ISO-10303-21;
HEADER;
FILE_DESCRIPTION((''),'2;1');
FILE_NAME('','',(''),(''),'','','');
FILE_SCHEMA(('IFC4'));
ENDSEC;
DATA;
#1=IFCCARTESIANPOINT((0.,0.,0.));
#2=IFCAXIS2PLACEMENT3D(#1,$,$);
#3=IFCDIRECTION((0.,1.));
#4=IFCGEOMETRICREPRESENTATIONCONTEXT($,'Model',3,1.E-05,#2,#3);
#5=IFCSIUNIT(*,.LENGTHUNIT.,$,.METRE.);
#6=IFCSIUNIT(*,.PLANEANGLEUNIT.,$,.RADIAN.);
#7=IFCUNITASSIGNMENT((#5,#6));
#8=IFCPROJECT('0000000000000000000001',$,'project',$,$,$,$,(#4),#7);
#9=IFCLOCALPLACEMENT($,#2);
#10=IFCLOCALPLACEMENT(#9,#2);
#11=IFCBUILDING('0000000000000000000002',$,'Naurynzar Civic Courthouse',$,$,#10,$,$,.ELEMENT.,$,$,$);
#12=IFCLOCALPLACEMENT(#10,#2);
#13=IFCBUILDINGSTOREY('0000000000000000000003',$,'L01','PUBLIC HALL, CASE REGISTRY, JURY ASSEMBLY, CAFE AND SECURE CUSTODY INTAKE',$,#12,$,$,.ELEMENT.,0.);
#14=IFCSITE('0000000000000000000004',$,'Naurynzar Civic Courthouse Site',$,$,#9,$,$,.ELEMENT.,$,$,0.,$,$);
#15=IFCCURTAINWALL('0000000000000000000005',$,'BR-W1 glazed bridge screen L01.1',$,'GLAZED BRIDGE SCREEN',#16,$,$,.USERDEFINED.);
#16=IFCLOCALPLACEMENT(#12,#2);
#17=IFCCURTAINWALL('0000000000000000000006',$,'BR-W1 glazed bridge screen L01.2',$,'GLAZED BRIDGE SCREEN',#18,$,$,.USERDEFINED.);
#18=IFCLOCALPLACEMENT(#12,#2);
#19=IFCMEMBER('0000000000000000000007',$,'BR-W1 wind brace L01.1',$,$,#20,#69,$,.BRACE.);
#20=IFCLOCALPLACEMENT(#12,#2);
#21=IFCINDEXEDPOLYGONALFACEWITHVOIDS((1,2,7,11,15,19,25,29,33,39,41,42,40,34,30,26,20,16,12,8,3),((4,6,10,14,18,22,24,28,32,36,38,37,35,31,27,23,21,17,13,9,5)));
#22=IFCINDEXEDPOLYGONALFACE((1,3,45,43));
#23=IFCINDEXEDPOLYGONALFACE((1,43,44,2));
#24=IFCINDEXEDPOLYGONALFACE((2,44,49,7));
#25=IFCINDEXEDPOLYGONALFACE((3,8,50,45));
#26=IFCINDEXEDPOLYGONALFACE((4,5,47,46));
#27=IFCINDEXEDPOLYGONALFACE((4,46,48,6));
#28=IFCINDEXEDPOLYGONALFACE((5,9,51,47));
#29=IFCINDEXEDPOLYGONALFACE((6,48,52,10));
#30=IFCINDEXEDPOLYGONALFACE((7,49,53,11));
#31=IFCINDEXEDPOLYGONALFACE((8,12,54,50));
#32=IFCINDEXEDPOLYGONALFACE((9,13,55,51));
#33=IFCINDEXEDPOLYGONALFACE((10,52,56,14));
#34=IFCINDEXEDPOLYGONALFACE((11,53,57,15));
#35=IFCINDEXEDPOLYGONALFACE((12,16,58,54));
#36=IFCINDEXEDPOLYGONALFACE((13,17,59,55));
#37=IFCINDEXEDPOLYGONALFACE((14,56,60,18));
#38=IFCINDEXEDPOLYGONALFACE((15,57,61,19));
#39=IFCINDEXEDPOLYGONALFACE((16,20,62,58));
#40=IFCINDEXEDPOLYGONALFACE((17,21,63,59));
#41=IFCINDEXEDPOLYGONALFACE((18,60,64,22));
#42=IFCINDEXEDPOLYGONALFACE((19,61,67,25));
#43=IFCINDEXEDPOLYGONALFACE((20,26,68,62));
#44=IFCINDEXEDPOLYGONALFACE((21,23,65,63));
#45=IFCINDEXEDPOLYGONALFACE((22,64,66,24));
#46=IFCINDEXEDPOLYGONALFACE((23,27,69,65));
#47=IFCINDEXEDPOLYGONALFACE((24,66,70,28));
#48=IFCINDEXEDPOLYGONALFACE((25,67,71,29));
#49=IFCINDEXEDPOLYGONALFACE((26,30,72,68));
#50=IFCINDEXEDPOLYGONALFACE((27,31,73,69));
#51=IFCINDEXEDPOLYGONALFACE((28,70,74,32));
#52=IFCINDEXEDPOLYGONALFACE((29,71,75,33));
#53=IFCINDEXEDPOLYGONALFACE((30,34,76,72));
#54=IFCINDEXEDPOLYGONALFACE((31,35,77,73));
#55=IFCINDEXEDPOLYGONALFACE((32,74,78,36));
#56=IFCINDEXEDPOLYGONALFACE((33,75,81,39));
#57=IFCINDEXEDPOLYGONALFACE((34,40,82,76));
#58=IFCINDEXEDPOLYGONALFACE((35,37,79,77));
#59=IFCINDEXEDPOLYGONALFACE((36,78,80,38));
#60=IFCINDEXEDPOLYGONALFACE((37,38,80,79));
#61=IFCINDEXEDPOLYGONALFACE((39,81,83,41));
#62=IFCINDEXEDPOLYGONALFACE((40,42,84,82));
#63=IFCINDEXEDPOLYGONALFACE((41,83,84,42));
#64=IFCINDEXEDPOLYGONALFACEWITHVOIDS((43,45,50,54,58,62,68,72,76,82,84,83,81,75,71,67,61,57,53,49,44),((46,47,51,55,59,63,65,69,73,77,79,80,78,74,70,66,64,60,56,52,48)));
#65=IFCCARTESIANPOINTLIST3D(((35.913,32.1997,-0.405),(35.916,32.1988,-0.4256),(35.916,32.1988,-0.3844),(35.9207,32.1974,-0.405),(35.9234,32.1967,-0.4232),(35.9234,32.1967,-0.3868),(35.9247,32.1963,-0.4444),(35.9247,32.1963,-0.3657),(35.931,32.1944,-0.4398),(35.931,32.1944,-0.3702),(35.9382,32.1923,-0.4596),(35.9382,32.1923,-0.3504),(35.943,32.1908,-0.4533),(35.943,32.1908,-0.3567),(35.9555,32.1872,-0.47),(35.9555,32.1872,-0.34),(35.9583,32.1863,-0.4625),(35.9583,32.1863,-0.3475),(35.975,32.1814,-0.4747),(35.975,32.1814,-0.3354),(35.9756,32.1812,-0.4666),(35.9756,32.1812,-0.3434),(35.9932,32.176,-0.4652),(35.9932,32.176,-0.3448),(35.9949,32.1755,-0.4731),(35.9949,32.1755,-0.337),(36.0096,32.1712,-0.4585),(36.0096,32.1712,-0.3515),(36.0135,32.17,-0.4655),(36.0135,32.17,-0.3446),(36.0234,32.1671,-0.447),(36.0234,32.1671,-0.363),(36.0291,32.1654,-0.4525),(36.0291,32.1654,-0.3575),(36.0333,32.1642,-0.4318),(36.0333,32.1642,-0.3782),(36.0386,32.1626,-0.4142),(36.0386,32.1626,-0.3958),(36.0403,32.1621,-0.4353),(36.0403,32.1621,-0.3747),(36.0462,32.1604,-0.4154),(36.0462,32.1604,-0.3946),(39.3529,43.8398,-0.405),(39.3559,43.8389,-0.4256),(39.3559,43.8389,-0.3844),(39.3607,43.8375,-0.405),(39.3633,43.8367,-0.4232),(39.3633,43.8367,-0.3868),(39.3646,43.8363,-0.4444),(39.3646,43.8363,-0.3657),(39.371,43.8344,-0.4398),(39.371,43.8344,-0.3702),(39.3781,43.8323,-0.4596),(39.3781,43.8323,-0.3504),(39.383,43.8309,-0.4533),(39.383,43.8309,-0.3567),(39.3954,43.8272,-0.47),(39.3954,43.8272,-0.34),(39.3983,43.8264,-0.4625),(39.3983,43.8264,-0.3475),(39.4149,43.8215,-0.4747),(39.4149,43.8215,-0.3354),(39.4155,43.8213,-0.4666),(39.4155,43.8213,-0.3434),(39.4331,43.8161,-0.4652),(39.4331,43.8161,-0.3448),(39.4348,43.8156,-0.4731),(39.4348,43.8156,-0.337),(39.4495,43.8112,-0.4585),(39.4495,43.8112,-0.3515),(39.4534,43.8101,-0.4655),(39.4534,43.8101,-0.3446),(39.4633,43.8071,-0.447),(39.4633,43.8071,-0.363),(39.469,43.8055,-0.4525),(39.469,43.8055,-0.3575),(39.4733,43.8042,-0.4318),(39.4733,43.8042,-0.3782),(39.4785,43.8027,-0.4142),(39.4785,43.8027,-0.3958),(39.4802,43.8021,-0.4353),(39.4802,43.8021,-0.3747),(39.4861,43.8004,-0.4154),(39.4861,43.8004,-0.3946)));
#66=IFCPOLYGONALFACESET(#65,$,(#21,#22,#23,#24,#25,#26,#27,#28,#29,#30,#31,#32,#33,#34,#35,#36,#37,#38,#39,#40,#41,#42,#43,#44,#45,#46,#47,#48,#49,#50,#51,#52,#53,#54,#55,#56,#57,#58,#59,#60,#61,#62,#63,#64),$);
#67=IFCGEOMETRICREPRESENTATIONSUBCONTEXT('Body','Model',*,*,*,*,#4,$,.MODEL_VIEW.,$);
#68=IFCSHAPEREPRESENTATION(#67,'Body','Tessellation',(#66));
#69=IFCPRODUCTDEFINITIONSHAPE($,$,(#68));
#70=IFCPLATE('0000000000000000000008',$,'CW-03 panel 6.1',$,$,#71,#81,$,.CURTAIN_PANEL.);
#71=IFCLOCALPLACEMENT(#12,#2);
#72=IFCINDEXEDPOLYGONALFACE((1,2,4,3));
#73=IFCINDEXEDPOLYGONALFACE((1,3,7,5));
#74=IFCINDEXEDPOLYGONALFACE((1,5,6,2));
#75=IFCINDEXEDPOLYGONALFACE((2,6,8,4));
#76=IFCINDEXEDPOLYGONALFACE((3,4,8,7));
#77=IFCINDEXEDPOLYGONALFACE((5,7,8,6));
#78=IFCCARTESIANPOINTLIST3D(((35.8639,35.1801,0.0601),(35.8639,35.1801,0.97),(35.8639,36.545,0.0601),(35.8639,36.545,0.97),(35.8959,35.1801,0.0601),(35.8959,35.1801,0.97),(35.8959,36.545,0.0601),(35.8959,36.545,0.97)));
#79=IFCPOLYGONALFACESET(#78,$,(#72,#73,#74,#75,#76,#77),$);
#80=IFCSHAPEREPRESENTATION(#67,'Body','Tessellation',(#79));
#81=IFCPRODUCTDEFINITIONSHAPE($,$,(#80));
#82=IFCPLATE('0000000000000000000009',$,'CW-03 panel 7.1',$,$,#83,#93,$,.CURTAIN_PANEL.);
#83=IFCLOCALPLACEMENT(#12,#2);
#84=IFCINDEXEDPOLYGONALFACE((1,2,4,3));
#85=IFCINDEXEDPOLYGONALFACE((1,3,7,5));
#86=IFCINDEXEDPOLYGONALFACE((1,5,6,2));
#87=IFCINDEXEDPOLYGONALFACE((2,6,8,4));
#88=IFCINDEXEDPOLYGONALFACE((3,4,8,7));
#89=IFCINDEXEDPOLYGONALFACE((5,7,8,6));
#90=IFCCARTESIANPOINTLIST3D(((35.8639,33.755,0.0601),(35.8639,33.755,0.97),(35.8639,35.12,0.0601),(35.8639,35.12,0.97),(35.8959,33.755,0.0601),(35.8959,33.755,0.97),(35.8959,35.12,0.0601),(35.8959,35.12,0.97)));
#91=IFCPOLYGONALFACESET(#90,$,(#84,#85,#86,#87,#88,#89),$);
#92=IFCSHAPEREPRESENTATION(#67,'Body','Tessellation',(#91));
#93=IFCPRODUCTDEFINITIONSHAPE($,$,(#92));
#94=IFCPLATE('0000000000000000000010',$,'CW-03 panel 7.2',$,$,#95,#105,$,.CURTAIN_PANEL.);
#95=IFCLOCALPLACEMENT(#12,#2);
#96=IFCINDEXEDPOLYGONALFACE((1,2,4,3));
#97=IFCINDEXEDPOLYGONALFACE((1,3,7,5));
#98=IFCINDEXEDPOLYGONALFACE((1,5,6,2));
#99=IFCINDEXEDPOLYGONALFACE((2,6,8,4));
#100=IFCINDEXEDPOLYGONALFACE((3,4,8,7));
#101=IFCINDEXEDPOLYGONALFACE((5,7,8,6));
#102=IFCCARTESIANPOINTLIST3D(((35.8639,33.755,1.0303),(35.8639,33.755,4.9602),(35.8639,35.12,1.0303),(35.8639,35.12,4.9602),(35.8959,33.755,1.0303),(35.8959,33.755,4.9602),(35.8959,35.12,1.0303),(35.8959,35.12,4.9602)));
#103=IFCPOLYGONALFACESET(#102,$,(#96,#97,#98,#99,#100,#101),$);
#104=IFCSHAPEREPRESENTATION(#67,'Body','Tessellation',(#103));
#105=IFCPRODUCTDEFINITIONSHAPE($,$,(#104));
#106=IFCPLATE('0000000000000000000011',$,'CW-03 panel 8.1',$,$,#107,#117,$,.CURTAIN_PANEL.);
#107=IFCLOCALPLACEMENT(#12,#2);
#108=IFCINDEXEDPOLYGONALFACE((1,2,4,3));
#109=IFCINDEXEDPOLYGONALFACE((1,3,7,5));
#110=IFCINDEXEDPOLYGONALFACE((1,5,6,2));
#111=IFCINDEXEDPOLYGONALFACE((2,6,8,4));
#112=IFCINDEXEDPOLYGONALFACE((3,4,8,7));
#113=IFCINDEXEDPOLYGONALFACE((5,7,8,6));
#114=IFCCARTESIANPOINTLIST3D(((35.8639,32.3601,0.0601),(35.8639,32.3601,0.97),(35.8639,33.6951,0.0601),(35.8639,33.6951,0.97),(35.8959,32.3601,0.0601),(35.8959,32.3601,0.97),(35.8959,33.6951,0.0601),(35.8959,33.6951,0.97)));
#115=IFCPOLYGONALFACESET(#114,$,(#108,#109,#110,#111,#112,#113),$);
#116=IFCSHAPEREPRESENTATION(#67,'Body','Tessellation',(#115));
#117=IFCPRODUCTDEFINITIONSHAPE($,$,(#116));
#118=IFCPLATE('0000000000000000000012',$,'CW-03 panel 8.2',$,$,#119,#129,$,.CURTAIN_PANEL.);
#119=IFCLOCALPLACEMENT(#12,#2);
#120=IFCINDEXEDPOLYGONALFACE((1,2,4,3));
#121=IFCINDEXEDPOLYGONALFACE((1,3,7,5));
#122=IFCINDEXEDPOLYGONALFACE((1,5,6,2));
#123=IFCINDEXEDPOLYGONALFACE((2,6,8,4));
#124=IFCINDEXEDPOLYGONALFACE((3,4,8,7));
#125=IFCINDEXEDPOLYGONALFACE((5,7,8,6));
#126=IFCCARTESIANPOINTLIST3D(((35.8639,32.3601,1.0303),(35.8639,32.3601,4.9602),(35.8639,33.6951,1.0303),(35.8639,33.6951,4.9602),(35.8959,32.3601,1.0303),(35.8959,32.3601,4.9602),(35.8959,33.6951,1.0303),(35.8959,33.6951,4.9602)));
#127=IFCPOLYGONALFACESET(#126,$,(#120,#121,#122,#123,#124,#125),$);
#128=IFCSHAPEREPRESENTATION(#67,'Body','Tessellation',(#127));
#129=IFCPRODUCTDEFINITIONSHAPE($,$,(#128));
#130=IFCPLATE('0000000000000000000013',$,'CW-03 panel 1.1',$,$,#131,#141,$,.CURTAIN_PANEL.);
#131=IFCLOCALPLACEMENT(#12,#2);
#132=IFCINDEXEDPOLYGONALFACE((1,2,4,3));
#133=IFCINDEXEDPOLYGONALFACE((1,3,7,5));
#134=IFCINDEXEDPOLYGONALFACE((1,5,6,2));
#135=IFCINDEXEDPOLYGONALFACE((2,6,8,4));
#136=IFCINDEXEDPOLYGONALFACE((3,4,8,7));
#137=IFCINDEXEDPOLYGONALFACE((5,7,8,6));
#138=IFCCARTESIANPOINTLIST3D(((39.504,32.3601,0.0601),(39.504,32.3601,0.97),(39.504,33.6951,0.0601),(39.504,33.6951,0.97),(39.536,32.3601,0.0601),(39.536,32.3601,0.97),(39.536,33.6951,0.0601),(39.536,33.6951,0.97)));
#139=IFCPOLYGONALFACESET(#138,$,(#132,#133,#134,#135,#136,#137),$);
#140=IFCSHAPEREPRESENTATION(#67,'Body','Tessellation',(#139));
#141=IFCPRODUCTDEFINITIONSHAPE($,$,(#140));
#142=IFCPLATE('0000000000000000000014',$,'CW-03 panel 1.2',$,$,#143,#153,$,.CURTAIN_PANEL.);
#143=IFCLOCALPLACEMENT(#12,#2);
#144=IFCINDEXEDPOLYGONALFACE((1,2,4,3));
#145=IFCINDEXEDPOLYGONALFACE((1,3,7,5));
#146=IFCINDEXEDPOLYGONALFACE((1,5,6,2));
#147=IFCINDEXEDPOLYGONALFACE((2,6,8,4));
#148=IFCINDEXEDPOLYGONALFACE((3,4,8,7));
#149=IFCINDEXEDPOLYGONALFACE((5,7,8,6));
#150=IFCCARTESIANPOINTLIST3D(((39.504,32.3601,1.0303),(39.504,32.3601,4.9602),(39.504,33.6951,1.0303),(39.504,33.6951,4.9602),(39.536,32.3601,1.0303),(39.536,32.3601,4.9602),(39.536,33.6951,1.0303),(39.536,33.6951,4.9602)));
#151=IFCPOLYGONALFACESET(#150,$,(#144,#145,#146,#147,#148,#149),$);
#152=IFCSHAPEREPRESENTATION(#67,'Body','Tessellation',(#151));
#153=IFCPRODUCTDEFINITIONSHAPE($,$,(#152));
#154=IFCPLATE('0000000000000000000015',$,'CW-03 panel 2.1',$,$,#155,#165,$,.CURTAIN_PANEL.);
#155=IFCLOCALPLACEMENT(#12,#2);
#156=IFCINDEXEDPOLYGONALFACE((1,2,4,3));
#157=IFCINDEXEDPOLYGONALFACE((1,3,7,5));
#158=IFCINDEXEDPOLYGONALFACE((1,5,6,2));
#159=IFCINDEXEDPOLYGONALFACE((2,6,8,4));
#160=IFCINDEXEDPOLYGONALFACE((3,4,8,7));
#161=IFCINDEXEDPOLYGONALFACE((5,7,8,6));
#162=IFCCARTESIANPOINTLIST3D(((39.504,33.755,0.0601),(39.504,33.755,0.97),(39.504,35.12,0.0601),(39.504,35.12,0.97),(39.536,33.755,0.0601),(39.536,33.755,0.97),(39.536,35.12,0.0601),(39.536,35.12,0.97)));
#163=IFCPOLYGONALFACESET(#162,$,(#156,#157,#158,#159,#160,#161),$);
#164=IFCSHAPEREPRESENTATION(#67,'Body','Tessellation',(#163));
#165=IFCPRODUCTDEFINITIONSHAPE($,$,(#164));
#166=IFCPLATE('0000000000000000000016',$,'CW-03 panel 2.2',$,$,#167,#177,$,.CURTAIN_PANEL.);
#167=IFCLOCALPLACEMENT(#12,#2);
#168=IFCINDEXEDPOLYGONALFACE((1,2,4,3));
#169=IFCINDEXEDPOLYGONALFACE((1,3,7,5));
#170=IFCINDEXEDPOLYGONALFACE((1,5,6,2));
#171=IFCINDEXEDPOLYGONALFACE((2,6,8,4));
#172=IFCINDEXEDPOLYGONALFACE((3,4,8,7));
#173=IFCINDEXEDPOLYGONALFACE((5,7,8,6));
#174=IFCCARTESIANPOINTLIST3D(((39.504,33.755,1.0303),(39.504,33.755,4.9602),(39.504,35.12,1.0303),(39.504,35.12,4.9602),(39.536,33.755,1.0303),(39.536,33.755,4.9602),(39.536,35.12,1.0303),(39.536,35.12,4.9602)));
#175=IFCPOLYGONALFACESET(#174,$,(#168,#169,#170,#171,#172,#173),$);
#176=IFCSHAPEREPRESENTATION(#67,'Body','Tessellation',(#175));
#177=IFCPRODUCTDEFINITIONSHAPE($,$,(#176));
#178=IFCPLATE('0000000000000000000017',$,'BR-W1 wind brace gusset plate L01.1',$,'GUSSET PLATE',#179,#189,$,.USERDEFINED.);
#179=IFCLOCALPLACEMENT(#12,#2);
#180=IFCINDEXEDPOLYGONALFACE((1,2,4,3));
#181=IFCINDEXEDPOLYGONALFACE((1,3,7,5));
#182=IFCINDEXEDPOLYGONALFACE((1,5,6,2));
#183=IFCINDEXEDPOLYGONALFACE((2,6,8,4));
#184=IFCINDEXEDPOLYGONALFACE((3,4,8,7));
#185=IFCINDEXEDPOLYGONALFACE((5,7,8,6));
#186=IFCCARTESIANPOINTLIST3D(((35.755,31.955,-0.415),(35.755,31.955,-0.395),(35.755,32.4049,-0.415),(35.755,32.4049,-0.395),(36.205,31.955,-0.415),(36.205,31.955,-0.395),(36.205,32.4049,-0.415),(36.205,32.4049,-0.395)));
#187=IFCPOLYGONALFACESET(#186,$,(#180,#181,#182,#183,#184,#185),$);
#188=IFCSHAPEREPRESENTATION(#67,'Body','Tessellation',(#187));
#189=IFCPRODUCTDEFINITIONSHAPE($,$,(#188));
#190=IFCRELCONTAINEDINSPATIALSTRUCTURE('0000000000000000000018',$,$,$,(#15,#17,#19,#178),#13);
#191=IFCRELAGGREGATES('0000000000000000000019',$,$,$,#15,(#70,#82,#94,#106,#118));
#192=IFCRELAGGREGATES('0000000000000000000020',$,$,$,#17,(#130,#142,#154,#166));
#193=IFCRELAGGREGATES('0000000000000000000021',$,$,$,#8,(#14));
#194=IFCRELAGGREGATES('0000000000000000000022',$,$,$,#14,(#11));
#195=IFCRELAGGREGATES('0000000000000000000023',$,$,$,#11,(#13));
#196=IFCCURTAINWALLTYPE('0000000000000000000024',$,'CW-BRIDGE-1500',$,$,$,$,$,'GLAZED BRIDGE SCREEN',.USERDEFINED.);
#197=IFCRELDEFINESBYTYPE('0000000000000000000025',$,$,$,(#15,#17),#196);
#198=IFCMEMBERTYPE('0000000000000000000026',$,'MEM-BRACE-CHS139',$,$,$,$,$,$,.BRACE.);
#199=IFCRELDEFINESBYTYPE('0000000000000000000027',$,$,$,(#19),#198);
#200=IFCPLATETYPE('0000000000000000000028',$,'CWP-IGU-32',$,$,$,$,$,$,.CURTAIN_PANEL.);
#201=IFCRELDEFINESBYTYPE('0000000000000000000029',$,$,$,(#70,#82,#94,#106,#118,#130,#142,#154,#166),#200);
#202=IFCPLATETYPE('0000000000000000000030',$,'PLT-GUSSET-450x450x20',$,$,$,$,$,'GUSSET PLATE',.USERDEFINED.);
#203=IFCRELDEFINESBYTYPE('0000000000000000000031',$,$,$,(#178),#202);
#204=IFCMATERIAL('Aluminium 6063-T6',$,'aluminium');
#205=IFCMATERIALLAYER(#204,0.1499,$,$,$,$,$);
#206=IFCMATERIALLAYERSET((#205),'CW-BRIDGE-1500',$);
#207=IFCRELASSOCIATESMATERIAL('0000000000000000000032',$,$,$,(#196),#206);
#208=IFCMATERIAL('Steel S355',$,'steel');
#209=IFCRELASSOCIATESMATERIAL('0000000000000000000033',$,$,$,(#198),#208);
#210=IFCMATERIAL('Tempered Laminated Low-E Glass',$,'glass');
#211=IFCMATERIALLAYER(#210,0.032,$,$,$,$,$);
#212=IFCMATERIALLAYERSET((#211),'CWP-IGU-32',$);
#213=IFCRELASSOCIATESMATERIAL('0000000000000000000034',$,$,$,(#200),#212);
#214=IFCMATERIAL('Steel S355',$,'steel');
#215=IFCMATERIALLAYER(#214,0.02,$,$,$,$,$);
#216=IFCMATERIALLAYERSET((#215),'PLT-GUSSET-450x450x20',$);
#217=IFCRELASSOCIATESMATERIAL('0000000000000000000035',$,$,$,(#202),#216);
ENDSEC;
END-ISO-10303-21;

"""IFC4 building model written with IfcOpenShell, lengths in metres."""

from ifc_helpers import new_model, si_unit, direction, frame, origin, origin_2d, place, context, subcontext, project, spatial, rectangle, hollow_circle, extrude, material, layer, layer_set, material_profile, profile_set, type_object, element, aggregate, save


model = new_model("IFC4")

# Units and contexts
model_context = context("Model", 3, precision=1e-05, world=origin(), true_north=direction((0.0, 1.0)))
body_context = subcontext(model_context, "Body", "Model", "MODEL_VIEW")
ifc_project = project(units=[si_unit("LENGTHUNIT", "METRE"), si_unit("PLANEANGLEUNIT", "RADIAN")], contexts=[model_context])

# Site, building, storey
site_placement = place(None, origin())
site = spatial("IfcSite", under=ifc_project, at=site_placement, Name="Naurynzar Civic Courthouse Site", CompositionType="ELEMENT", RefElevation=0.0)
building_placement = place(site_placement, origin())
building = spatial("IfcBuilding", under=site, at=building_placement, Name="Naurynzar Civic Courthouse", CompositionType="ELEMENT")
storey_placement = place(building_placement, origin())
storey = spatial("IfcBuildingStorey", under=building, at=storey_placement, Name="L01", Description="PUBLIC HALL, CASE REGISTRY, JURY ASSEMBLY, CAFE AND SECURE CUSTODY INTAKE", CompositionType="ELEMENT", Elevation=0.0)

# Curtain walls
ifc_material_1 = material(Name="Aluminium 6063-T6", Category="aluminium")
ifc_layer_1 = layer(ifc_material_1, 0.1499)
ifc_layer_set_1 = layer_set([ifc_layer_1], Name="CW-BRIDGE-1500")
curtain_wall_type = type_object("IfcCurtainWallType", Name="CW-BRIDGE-1500", ElementType="GLAZED BRIDGE SCREEN", PredefinedType="USERDEFINED", material=ifc_layer_set_1)
curtain_wall_1_placement = place(storey_placement, origin())
curtain_wall_1 = element("IfcCurtainWall", 1, at=curtain_wall_1_placement, inside=storey, type_object=curtain_wall_type, Name="BR-W1 glazed bridge screen L01.1", ObjectType="GLAZED BRIDGE SCREEN", PredefinedType="USERDEFINED")
curtain_wall_2_placement = place(storey_placement, origin())
curtain_wall_2 = element("IfcCurtainWall", 2, at=curtain_wall_2_placement, inside=storey, type_object=curtain_wall_type, Name="BR-W1 glazed bridge screen L01.2", ObjectType="GLAZED BRIDGE SCREEN", PredefinedType="USERDEFINED")

# Member
ifc_material_2 = material(Name="Steel S355", Category="steel")
ifc_material_profile_1 = material_profile(ifc_material_2, hollow_circle(Radius=0.0698, WallThickness=0.0081, at=origin_2d()), Name="CHS 139.7x8")
ifc_profile_set_1 = profile_set([ifc_material_profile_1], Name="Steel S355")
member_type_1 = type_object("IfcMemberType", Name="MEM-BRACE-CHS139", PredefinedType="BRACE", material=ifc_profile_set_1)
member_1_placement = place(storey_placement, frame((35.98, 32.1799, -0.405), z_axis=(0.283408, 0.959, 0.0), x_axis=(-0.959, 0.283408, 0.0)))
element("IfcMember", 3, at=member_1_placement, inside=storey, type_object=member_type_1, Name="BR-W1 wind brace L01.1", PredefinedType="BRACE", context=body_context, shape_type="SweptSolid", body=[
    extrude(hollow_circle(Radius=0.0698, WallThickness=0.0081, at=origin_2d()), origin(), (0.0, 0.0, 1.0), 12.1377),
])

# Plates
ifc_material_3 = material(Name="Tempered Laminated Low-E Glass", Category="glass")
ifc_layer_2 = layer(ifc_material_3, 0.032)
ifc_layer_set_2 = layer_set([ifc_layer_2], Name="CWP-IGU-32")
plate_type_1 = type_object("IfcPlateType", Name="CWP-IGU-32", PredefinedType="CURTAIN_PANEL", material=ifc_layer_set_2)
plate_1_placement = place(storey_placement, frame((35.8799, 35.8625, 0.0601), z_axis=(0.0, 0.0, 1.0), x_axis=(0.0, -1.0, 0.0)))
plate_1 = element("IfcPlate", 4, at=plate_1_placement, type_object=plate_type_1, Name="CW-03 panel 6.1", PredefinedType="CURTAIN_PANEL", context=body_context, shape_type="SweptSolid", body=[
    extrude(rectangle(XDim=1.365, YDim=0.032, at=origin_2d()), origin(), (0.0, 0.0, 1.0), 0.9099),
])
plate_2_placement = place(storey_placement, frame((35.8799, 34.4375, 0.0601), z_axis=(0.0, 0.0, 1.0), x_axis=(0.0, -1.0, 0.0)))
plate_2 = element("IfcPlate", 5, at=plate_2_placement, type_object=plate_type_1, Name="CW-03 panel 7.1", PredefinedType="CURTAIN_PANEL", context=body_context, shape_type="SweptSolid", body=[
    extrude(rectangle(XDim=1.365, YDim=0.032, at=origin_2d()), origin(), (0.0, 0.0, 1.0), 0.9099),
])
plate_3_placement = place(storey_placement, frame((35.8799, 34.4375, 1.0303), z_axis=(0.0, 0.0, 1.0), x_axis=(0.0, -1.0, 0.0)))
plate_3 = element("IfcPlate", 6, at=plate_3_placement, type_object=plate_type_1, Name="CW-03 panel 7.2", PredefinedType="CURTAIN_PANEL", context=body_context, shape_type="SweptSolid", body=[
    extrude(rectangle(XDim=1.365, YDim=0.032, at=origin_2d()), origin(), (0.0, 0.0, 1.0), 3.9299),
])
plate_4_placement = place(storey_placement, frame((35.8799, 33.0276, 0.0601), z_axis=(0.0, 0.0, 1.0), x_axis=(0.0, -1.0, 0.0)))
plate_4 = element("IfcPlate", 7, at=plate_4_placement, type_object=plate_type_1, Name="CW-03 panel 8.1", PredefinedType="CURTAIN_PANEL", context=body_context, shape_type="SweptSolid", body=[
    extrude(rectangle(XDim=1.335, YDim=0.032, at=origin_2d()), origin(), (0.0, 0.0, 1.0), 0.9099),
])
plate_5_placement = place(storey_placement, frame((35.8799, 33.0276, 1.0303), z_axis=(0.0, 0.0, 1.0), x_axis=(0.0, -1.0, 0.0)))
plate_5 = element("IfcPlate", 8, at=plate_5_placement, type_object=plate_type_1, Name="CW-03 panel 8.2", PredefinedType="CURTAIN_PANEL", context=body_context, shape_type="SweptSolid", body=[
    extrude(rectangle(XDim=1.335, YDim=0.032, at=origin_2d()), origin(), (0.0, 0.0, 1.0), 3.9299),
])
aggregate(curtain_wall_1, [plate_1, plate_2, plate_3, plate_4, plate_5])
plate_6_placement = place(storey_placement, frame((39.52, 33.0276, 0.0601), z_axis=(0.0, 0.0, 1.0), x_axis=(0.0, 1.0, 0.0)))
plate_6 = element("IfcPlate", 9, at=plate_6_placement, type_object=plate_type_1, Name="CW-03 panel 1.1", PredefinedType="CURTAIN_PANEL", context=body_context, shape_type="SweptSolid", body=[
    extrude(rectangle(XDim=1.335, YDim=0.032, at=origin_2d()), origin(), (0.0, 0.0, 1.0), 0.9099),
])
plate_7_placement = place(storey_placement, frame((39.52, 33.0276, 1.0303), z_axis=(0.0, 0.0, 1.0), x_axis=(0.0, 1.0, 0.0)))
plate_7 = element("IfcPlate", 10, at=plate_7_placement, type_object=plate_type_1, Name="CW-03 panel 1.2", PredefinedType="CURTAIN_PANEL", context=body_context, shape_type="SweptSolid", body=[
    extrude(rectangle(XDim=1.335, YDim=0.032, at=origin_2d()), origin(), (0.0, 0.0, 1.0), 3.9299),
])
plate_8_placement = place(storey_placement, frame((39.52, 34.4375, 0.0601), z_axis=(0.0, 0.0, 1.0), x_axis=(0.0, 1.0, 0.0)))
plate_8 = element("IfcPlate", 11, at=plate_8_placement, type_object=plate_type_1, Name="CW-03 panel 2.1", PredefinedType="CURTAIN_PANEL", context=body_context, shape_type="SweptSolid", body=[
    extrude(rectangle(XDim=1.365, YDim=0.032, at=origin_2d()), origin(), (0.0, 0.0, 1.0), 0.9099),
])
plate_9_placement = place(storey_placement, frame((39.52, 34.4375, 1.0303), z_axis=(0.0, 0.0, 1.0), x_axis=(0.0, 1.0, 0.0)))
plate_9 = element("IfcPlate", 12, at=plate_9_placement, type_object=plate_type_1, Name="CW-03 panel 2.2", PredefinedType="CURTAIN_PANEL", context=body_context, shape_type="SweptSolid", body=[
    extrude(rectangle(XDim=1.365, YDim=0.032, at=origin_2d()), origin(), (0.0, 0.0, 1.0), 3.9299),
])
aggregate(curtain_wall_2, [plate_6, plate_7, plate_8, plate_9])
ifc_material_4 = material(Name="Steel S355", Category="steel")
ifc_layer_3 = layer(ifc_material_4, 0.02)
ifc_layer_set_3 = layer_set([ifc_layer_3], Name="PLT-GUSSET-450x450x20")
plate_type_2 = type_object("IfcPlateType", Name="PLT-GUSSET-450x450x20", ElementType="GUSSET PLATE", PredefinedType="USERDEFINED", material=ifc_layer_set_3)
plate_10_placement = place(storey_placement, frame((35.98, 32.1799, -0.415), z_axis=(0.0, 0.0, 1.0), x_axis=(1.0, 0.0, 0.0)))
element("IfcPlate", 13, at=plate_10_placement, inside=storey, type_object=plate_type_2, Name="BR-W1 wind brace gusset plate L01.1", ObjectType="GUSSET PLATE", PredefinedType="USERDEFINED", context=body_context, shape_type="SweptSolid", body=[
    extrude(rectangle(XDim=0.45, YDim=0.45, at=origin_2d()), origin(), (0.0, 0.0, 1.0), 0.02),
])

save(model, "model.ifc")
